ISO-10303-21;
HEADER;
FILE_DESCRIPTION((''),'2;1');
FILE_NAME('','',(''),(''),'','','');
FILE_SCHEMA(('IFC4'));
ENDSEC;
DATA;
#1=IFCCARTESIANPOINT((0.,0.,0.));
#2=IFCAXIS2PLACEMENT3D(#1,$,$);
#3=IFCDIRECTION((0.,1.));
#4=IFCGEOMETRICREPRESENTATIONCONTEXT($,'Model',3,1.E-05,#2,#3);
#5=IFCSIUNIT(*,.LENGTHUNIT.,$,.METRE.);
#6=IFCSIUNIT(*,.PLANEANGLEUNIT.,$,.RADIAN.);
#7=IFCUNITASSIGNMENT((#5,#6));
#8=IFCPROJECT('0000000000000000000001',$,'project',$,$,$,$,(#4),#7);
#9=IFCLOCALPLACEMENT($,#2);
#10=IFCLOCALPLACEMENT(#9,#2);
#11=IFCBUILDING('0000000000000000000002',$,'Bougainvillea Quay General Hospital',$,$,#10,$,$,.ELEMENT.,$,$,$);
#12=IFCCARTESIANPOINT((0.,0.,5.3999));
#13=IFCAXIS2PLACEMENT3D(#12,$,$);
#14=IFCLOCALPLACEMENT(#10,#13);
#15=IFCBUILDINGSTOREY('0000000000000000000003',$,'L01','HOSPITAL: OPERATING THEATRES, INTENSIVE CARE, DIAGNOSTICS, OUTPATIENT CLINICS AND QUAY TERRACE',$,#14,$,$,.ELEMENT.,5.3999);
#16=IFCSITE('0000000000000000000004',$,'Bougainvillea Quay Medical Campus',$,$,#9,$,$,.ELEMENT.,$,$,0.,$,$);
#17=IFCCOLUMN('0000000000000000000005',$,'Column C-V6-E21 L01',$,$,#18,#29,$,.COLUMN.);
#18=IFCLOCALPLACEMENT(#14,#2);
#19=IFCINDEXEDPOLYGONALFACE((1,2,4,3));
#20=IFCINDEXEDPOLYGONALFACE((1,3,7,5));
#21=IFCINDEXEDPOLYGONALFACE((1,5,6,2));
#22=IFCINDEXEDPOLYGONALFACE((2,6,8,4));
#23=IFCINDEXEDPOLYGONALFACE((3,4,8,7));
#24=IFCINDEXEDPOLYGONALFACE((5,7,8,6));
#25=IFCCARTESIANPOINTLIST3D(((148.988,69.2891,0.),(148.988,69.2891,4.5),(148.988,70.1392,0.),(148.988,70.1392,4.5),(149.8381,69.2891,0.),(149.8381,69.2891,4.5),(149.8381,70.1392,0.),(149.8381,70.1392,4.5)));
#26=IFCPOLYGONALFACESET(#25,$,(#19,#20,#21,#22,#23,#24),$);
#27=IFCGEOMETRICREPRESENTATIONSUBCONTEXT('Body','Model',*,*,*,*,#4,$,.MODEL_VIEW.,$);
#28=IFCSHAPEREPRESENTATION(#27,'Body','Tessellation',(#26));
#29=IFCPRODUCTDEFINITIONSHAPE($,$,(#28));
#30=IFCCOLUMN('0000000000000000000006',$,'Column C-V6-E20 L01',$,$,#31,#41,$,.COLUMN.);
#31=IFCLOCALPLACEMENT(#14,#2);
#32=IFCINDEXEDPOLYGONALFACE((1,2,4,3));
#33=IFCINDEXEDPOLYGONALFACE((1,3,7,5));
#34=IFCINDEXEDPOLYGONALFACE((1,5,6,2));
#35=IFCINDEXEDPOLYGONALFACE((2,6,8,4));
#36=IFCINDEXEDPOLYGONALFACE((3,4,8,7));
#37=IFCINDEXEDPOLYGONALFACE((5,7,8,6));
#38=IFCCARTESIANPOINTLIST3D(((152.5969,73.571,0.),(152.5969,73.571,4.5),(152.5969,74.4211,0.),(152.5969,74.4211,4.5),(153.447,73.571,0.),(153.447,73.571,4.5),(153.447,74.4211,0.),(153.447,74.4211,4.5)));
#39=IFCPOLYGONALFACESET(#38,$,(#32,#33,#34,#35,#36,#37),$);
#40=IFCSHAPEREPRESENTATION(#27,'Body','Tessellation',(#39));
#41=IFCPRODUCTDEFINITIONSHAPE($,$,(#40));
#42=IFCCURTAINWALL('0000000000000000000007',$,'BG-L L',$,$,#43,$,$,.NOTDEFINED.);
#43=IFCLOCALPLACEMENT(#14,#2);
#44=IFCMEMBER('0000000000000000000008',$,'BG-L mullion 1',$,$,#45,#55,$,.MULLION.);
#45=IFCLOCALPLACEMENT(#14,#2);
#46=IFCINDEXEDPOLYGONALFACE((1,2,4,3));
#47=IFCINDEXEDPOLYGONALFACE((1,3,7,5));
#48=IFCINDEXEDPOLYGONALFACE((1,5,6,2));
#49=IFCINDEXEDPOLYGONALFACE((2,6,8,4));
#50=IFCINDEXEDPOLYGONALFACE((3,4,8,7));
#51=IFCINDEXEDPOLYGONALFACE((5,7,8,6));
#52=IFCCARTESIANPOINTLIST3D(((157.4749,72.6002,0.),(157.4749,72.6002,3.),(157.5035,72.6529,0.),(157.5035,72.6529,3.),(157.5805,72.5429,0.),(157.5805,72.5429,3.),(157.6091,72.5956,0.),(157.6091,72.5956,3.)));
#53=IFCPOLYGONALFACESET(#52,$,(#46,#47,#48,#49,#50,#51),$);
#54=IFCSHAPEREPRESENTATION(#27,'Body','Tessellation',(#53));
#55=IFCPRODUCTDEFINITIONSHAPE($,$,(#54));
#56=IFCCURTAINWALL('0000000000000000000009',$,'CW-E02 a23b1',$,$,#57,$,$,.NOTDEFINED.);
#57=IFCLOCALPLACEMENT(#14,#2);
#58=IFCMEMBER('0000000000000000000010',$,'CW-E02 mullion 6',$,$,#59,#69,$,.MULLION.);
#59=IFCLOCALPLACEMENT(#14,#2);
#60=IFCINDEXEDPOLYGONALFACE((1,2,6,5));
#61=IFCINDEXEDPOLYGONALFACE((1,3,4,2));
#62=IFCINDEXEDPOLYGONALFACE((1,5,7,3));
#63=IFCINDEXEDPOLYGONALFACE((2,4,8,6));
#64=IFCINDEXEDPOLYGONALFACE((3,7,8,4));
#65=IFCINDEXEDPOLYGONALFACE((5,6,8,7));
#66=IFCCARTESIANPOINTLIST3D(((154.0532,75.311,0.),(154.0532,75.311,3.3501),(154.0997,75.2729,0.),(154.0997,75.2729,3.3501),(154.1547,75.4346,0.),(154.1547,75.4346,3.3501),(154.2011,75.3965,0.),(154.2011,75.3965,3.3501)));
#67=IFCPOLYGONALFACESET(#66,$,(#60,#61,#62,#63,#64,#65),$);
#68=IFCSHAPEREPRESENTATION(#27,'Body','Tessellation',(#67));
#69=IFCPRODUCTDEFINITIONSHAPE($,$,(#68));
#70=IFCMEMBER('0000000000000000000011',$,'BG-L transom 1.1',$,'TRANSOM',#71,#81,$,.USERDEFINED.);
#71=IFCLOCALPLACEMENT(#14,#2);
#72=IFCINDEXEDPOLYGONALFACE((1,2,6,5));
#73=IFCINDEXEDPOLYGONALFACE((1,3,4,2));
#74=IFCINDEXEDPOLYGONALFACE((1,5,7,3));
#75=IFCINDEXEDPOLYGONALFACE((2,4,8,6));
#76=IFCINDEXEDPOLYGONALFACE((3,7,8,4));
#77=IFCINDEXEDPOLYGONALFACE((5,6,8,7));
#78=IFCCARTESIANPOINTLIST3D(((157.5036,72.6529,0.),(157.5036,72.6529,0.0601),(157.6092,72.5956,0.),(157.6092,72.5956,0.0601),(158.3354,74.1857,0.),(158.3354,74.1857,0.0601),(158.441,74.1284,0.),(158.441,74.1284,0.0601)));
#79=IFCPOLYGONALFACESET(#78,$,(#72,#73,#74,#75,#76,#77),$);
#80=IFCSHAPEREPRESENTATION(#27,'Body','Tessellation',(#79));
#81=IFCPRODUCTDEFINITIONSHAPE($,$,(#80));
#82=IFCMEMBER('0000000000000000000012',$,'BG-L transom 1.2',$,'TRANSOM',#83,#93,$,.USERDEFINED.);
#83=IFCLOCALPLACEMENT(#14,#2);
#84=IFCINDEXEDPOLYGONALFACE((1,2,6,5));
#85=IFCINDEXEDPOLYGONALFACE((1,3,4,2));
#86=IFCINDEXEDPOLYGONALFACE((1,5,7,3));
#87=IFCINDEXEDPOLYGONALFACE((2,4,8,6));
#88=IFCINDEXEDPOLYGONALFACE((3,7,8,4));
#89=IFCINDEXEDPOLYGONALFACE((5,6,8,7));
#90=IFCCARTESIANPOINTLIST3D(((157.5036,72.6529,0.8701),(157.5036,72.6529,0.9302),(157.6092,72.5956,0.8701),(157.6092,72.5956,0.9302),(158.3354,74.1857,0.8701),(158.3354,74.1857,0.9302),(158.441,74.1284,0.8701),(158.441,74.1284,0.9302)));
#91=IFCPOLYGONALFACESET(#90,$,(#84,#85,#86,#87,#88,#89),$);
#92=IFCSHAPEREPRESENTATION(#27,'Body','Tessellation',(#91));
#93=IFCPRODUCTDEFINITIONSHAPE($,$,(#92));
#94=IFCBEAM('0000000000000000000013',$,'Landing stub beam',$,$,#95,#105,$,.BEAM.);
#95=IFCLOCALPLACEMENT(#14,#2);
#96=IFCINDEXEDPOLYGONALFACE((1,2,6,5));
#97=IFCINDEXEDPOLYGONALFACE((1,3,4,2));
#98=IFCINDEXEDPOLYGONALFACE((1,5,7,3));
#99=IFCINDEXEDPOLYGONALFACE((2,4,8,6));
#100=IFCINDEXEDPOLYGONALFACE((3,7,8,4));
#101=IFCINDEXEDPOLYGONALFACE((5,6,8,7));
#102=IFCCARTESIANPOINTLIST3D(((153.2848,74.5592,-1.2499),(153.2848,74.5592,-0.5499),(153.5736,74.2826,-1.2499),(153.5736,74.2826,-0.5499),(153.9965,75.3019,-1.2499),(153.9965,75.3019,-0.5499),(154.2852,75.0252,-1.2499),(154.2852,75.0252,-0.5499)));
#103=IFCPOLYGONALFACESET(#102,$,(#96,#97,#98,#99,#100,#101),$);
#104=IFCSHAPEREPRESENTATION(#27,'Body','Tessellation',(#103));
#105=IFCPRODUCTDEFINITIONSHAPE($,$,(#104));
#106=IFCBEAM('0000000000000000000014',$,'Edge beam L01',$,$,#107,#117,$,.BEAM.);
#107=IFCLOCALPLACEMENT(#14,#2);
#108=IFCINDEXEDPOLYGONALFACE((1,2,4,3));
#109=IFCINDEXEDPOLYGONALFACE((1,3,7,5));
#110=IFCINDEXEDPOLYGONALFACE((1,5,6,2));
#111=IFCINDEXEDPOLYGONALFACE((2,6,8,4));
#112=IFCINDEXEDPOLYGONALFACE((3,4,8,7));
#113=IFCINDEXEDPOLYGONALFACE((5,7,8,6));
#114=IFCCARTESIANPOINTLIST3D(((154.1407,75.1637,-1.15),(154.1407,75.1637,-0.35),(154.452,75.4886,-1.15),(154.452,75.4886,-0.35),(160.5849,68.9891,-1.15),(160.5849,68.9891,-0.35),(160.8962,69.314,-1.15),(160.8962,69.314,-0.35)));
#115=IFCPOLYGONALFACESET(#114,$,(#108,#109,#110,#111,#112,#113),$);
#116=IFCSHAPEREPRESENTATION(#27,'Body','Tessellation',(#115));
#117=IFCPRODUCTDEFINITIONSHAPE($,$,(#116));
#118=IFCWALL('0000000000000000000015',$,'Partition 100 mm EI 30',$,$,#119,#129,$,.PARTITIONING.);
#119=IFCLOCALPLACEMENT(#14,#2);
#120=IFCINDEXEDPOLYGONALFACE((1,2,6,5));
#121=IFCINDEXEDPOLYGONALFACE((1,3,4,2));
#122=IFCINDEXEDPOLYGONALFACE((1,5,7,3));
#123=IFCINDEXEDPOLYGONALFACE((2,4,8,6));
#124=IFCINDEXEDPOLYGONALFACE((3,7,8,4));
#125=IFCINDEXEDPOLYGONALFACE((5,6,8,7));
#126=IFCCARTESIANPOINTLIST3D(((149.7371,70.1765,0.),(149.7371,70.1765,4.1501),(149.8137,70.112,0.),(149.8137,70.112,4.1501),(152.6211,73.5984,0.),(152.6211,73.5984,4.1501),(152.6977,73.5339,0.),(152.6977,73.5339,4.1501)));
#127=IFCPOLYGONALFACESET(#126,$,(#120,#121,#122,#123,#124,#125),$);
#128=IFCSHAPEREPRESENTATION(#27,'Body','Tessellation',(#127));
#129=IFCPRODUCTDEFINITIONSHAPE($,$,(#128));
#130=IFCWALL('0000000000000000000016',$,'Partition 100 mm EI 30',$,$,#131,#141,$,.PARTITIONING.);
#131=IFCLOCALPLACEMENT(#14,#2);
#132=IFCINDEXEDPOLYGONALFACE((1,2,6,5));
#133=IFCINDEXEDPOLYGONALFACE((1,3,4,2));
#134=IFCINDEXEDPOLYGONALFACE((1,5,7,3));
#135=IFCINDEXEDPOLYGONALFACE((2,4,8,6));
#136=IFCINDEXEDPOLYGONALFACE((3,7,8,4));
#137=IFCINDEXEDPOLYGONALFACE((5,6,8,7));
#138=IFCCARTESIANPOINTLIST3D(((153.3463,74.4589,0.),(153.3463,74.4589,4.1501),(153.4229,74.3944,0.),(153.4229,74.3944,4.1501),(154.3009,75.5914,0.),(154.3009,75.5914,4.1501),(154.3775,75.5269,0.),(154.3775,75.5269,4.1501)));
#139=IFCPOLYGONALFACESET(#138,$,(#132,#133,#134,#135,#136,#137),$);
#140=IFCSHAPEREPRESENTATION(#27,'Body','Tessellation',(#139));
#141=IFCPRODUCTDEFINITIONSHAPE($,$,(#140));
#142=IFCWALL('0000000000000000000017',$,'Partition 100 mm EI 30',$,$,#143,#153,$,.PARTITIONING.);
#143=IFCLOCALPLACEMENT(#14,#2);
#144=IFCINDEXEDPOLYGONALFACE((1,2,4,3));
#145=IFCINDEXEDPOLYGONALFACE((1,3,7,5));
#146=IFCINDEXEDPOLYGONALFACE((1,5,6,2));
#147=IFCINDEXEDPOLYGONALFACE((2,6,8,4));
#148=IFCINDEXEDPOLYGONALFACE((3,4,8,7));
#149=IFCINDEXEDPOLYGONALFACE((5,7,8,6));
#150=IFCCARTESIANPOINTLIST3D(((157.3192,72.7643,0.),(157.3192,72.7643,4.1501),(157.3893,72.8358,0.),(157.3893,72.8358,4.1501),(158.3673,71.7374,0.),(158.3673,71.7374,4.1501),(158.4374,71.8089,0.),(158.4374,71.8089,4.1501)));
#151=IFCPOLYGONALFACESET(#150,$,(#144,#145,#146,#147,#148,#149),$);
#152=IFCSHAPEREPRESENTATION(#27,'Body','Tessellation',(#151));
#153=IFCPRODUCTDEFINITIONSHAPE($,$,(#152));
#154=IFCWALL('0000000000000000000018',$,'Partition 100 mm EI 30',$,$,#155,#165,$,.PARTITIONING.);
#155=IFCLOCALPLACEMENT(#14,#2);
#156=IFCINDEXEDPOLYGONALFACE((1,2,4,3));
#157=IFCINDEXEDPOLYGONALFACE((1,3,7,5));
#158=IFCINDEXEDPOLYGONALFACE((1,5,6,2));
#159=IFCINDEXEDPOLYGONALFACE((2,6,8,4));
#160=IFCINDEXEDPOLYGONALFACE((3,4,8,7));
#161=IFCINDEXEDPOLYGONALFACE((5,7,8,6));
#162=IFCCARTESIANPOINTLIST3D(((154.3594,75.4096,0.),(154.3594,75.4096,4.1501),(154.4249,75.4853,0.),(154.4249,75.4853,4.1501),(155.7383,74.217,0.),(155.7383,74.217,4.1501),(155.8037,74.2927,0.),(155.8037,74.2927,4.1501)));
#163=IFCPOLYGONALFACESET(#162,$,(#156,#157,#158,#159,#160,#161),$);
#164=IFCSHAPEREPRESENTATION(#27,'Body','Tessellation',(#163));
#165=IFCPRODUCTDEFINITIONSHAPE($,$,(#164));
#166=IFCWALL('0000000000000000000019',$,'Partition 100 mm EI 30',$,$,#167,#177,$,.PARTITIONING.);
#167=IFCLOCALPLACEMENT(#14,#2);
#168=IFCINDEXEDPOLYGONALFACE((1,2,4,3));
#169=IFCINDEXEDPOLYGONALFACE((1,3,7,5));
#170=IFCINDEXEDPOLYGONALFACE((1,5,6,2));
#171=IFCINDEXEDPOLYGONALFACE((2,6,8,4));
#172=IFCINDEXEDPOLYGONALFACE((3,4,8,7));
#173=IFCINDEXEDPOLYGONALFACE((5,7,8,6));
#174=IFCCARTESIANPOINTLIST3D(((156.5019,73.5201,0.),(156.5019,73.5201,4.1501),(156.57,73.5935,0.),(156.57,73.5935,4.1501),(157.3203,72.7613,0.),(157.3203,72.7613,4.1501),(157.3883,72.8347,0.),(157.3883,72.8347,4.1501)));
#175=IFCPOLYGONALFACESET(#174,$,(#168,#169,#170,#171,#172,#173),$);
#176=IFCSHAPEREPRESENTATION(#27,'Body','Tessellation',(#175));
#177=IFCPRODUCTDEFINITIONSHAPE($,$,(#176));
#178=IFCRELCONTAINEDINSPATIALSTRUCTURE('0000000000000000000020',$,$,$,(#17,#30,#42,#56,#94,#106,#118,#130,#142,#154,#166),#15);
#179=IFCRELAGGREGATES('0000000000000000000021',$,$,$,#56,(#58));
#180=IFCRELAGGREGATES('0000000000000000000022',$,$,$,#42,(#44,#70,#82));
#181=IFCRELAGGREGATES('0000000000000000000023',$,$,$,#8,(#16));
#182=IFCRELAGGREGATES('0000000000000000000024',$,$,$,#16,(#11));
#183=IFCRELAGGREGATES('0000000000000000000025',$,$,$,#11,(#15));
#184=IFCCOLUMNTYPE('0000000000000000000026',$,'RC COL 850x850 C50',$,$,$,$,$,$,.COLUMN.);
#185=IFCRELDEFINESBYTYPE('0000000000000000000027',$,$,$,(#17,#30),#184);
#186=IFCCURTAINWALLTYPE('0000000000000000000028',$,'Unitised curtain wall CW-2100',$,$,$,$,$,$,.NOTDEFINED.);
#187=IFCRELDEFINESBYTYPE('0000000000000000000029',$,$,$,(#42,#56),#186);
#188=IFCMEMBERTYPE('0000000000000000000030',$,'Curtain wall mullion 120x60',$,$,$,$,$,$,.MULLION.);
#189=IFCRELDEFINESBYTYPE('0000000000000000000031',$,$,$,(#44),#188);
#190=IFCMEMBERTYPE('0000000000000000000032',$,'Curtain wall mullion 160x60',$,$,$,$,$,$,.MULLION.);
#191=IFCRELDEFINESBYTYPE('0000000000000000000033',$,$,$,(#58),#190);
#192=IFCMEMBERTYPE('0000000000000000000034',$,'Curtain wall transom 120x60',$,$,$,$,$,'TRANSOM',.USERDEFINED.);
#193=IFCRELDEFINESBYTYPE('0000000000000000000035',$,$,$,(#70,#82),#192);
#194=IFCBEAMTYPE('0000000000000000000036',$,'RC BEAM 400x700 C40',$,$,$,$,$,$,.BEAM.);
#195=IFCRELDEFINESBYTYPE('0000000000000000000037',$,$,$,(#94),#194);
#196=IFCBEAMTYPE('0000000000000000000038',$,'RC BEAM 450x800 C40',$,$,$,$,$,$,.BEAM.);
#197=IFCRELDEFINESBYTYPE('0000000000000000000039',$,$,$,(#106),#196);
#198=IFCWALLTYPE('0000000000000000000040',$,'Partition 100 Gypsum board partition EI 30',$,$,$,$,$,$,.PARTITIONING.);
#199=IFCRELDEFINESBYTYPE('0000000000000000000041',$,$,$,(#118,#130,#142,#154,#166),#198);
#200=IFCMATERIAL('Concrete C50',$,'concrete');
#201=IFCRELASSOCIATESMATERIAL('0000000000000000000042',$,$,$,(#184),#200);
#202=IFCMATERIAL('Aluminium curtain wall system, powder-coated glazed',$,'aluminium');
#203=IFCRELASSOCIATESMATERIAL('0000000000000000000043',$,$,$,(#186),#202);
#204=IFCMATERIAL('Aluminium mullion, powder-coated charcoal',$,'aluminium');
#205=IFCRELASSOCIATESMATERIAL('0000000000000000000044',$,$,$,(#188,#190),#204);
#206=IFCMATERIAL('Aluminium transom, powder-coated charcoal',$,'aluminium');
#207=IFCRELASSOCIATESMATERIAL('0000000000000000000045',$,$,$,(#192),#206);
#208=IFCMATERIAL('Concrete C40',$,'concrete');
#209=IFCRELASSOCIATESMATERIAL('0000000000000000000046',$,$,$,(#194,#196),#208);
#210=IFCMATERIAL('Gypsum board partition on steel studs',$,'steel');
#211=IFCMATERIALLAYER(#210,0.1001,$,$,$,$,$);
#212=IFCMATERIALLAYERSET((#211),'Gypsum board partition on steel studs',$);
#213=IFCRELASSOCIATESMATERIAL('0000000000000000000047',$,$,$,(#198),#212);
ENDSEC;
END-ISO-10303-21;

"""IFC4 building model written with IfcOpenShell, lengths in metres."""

from ifc_helpers import new_model, si_unit, direction, frame, frame_2d, origin, origin_2d, place, context, subcontext, project, spatial, rectangle, extrude, material, layer, layer_set, material_profile, profile_set, type_object, element, aggregate, save


model = new_model("IFC4")

# Units and contexts
model_context = context("Model", 3, precision=1e-05, world=origin(), true_north=direction((0.0, 1.0)))
body_context = subcontext(model_context, "Body", "Model", "MODEL_VIEW")
ifc_project = project(units=[si_unit("LENGTHUNIT", "METRE"), si_unit("PLANEANGLEUNIT", "RADIAN")], contexts=[model_context])

# Site, building, storey
site_placement = place(None, origin())
site = spatial("IfcSite", under=ifc_project, at=site_placement, Name="Bougainvillea Quay Medical Campus", CompositionType="ELEMENT", RefElevation=0.0)
building_placement = place(site_placement, origin())
building = spatial("IfcBuilding", under=site, at=building_placement, Name="Bougainvillea Quay General Hospital", CompositionType="ELEMENT")
storey_placement = place(building_placement, frame((0.0, 0.0, 5.3999)))
storey = spatial("IfcBuildingStorey", under=building, at=storey_placement, Name="L01", Description="HOSPITAL: OPERATING THEATRES, INTENSIVE CARE, DIAGNOSTICS, OUTPATIENT CLINICS AND QUAY TERRACE", CompositionType="ELEMENT", Elevation=5.3999)

# Columns
ifc_material_1 = material(Name="Concrete C50", Category="concrete")
ifc_material_profile_1 = material_profile(ifc_material_1, rectangle(XDim=0.8501, YDim=0.8501, at=origin_2d()))
ifc_profile_set_1 = profile_set([ifc_material_profile_1], Name="Concrete C50")
column_type = type_object("IfcColumnType", Name="RC COL 850x850 C50", PredefinedType="COLUMN", material=ifc_profile_set_1)
for number, where, z_axis, x_axis, name in (
    (1, (149.4131, 69.7141, 0.0), (0.0, 0.0, 1.0), (1.0, 0.0, 0.0), "Column C-V6-E21 L01"),
    (2, (153.022, 73.9961, 0.0), (0.0, 0.0, 1.0), (1.0, 0.0, 0.0), "Column C-V6-E20 L01"),
):
    element("IfcColumn", number, at=place(storey_placement, frame(where, z_axis=z_axis, x_axis=x_axis)), inside=storey, type_object=column_type, Name=name, PredefinedType="COLUMN", context=body_context, shape_type="SweptSolid", body=[
        extrude(rectangle(XDim=0.8501, YDim=0.8501, at=origin_2d()), origin(), (0.0, 0.0, 1.0), 4.5),
    ])

# Curtain walls, members
ifc_material_2 = material(Name="Aluminium curtain wall system, powder-coated glazed", Category="aluminium")
curtain_wall_type = type_object("IfcCurtainWallType", Name="Unitised curtain wall CW-2100", PredefinedType="NOTDEFINED", material=ifc_material_2)
curtain_wall_1_placement = place(storey_placement, origin())
curtain_wall_1 = element("IfcCurtainWall", 3, at=curtain_wall_1_placement, inside=storey, type_object=curtain_wall_type, Name="BG-L L", PredefinedType="NOTDEFINED")
ifc_material_3 = material(Name="Aluminium mullion, powder-coated charcoal", Category="aluminium")
ifc_material_profile_2 = material_profile(ifc_material_3, rectangle(XDim=0.1201, YDim=0.0601, at=origin_2d()))
ifc_profile_set_2 = profile_set([ifc_material_profile_2], Name="Aluminium mullion, powder-coated charcoal")
member_type_1 = type_object("IfcMemberType", Name="Curtain wall mullion 120x60", PredefinedType="MULLION", material=ifc_profile_set_2)
member_1_placement = place(storey_placement, frame((157.542, 72.5979, 0.0), z_axis=(0.0, 0.0, 1.0), x_axis=(-0.878894, 0.477017, 0.0)))
member_1 = element("IfcMember", 4, at=member_1_placement, type_object=member_type_1, Name="BG-L mullion 1", PredefinedType="MULLION", context=body_context, shape_type="SweptSolid", body=[
    extrude(rectangle(XDim=0.1201, YDim=0.0601, at=origin_2d()), origin(), (0.0, 0.0, 1.0), 3.0),
])
curtain_wall_2_placement = place(storey_placement, origin())
curtain_wall_2 = element("IfcCurtainWall", 5, at=curtain_wall_2_placement, inside=storey, type_object=curtain_wall_type, Name="CW-E02 a23b1", PredefinedType="NOTDEFINED")
ifc_material_profile_3 = material_profile(ifc_material_3, rectangle(XDim=0.1599, YDim=0.0601, at=origin_2d()))
ifc_profile_set_3 = profile_set([ifc_material_profile_3], Name="Aluminium mullion, powder-coated charcoal")
member_type_2 = type_object("IfcMemberType", Name="Curtain wall mullion 160x60", PredefinedType="MULLION", material=ifc_profile_set_3)
member_2_placement = place(storey_placement, frame((154.1272, 75.3538, 0.0), z_axis=(0.0, 0.0, 1.0), x_axis=(0.634633, 0.772813, 0.0)))
member_2 = element("IfcMember", 6, at=member_2_placement, type_object=member_type_2, Name="CW-E02 mullion 6", PredefinedType="MULLION", context=body_context, shape_type="SweptSolid", body=[
    extrude(rectangle(XDim=0.1599, YDim=0.0601, at=origin_2d()), origin(), (0.0, 0.0, 1.0), 3.3501),
])
aggregate(curtain_wall_2, [member_2])

# Members
ifc_material_4 = material(Name="Aluminium transom, powder-coated charcoal", Category="aluminium")
ifc_material_profile_4 = material_profile(ifc_material_4, rectangle(XDim=0.1201, YDim=0.0601, at=origin_2d()))
ifc_profile_set_4 = profile_set([ifc_material_profile_4], Name="Aluminium transom, powder-coated charcoal")
member_type_3 = type_object("IfcMemberType", Name="Curtain wall transom 120x60", ElementType="TRANSOM", PredefinedType="USERDEFINED", material=ifc_profile_set_4)
member_3_placement = place(storey_placement, frame((157.5564, 72.6243, 0.03), z_axis=(0.476978, 0.878915, 0.0), x_axis=(-0.878915, 0.476978, 0.0)))
member_3 = element("IfcMember", 7, at=member_3_placement, type_object=member_type_3, Name="BG-L transom 1.1", ObjectType="TRANSOM", PredefinedType="USERDEFINED", context=body_context, shape_type="SweptSolid", body=[
    extrude(rectangle(XDim=0.1201, YDim=0.0601, at=origin_2d()), origin(), (0.0, 0.0, 1.0), 1.7439),
])
member_4_placement = place(storey_placement, frame((157.5564, 72.6243, 0.9001), z_axis=(0.476978, 0.878915, 0.0), x_axis=(-0.878915, 0.476978, 0.0)))
member_4 = element("IfcMember", 8, at=member_4_placement, type_object=member_type_3, Name="BG-L transom 1.2", ObjectType="TRANSOM", PredefinedType="USERDEFINED", context=body_context, shape_type="SweptSolid", body=[
    extrude(rectangle(XDim=0.1201, YDim=0.0601, at=origin_2d()), origin(), (0.0, 0.0, 1.0), 1.7439),
])
aggregate(curtain_wall_1, [member_1, member_3, member_4])

# Beams
ifc_material_5 = material(Name="Concrete C40", Category="concrete")
ifc_material_profile_5 = material_profile(ifc_material_5, rectangle(XDim=0.3999, YDim=0.7, at=origin_2d()))
ifc_profile_set_5 = profile_set([ifc_material_profile_5], Name="Concrete C40")
beam_type_1 = type_object("IfcBeamType", Name="RC BEAM 400x700 C40", PredefinedType="BEAM", material=ifc_profile_set_5)
beam_1_placement = place(storey_placement, frame((153.4292, 74.4209, -0.8999), z_axis=(0.691874, 0.722018, 0.0), x_axis=(-0.722018, 0.691874, 0.0)))
element("IfcBeam", 9, at=beam_1_placement, inside=storey, type_object=beam_type_1, Name="Landing stub beam", PredefinedType="BEAM", context=body_context, shape_type="SweptSolid", body=[
    extrude(rectangle(XDim=0.3999, YDim=0.7, at=origin_2d()), origin(), (0.0, 0.0, 1.0), 1.0286),
])
ifc_material_profile_6 = material_profile(ifc_material_5, rectangle(XDim=0.45, YDim=0.8, at=origin_2d()))
ifc_profile_set_6 = profile_set([ifc_material_profile_6], Name="Concrete C40")
beam_type_2 = type_object("IfcBeamType", Name="RC BEAM 450x800 C40", PredefinedType="BEAM", material=ifc_profile_set_6)
beam_2_placement = place(storey_placement, frame((154.2964, 75.3262, -0.75), z_axis=(0.722046, -0.691845, 0.0), x_axis=(0.691845, 0.722046, 0.0)))
element("IfcBeam", 10, at=beam_2_placement, inside=storey, type_object=beam_type_2, Name="Edge beam L01", PredefinedType="BEAM", context=body_context, shape_type="SweptSolid", body=[
    extrude(rectangle(XDim=0.45, YDim=0.8, at=origin_2d()), origin(), (0.0, 0.0, 1.0), 8.9248),
])

# Walls
ifc_material_6 = material(Name="Gypsum board partition on steel studs", Category="steel")
ifc_layer_1 = layer(ifc_material_6, 0.1001)
ifc_layer_set_1 = layer_set([ifc_layer_1], Name="Gypsum board partition on steel studs")
wall_type_1 = type_object("IfcWallType", Name="Partition 100 Gypsum board partition EI 30", PredefinedType="PARTITIONING", material=ifc_layer_set_1)
wall_1_placement = place(storey_placement, frame((149.7754, 70.1443, 0.0), z_axis=(0.0, 0.0, 1.0), x_axis=(0.644457, 0.764641, 0.0)))
element("IfcWall", 11, at=wall_1_placement, inside=storey, type_object=wall_type_1, Name="Partition 100 mm EI 30", PredefinedType="PARTITIONING", context=body_context, shape_type="SweptSolid", body=[
    extrude(rectangle(XDim=4.4751, YDim=0.1001, at=frame_2d((2.2375, 0.0))), origin(), (0.0, 0.0, 1.0), 4.1501),
])
wall_2_placement = place(storey_placement, frame((153.3845, 74.4265, 0.0), z_axis=(0.0, 0.0, 1.0), x_axis=(0.644471, 0.764629, 0.0)))
element("IfcWall", 12, at=wall_2_placement, inside=storey, type_object=wall_type_1, Name="Partition 100 mm EI 30", PredefinedType="PARTITIONING", context=body_context, shape_type="SweptSolid", body=[
    extrude(rectangle(XDim=1.4812, YDim=0.1001, at=frame_2d((0.7407, 0.0))), origin(), (0.0, 0.0, 1.0), 4.1501),
])
wall_3_placement = place(storey_placement, frame((157.3542, 72.8, 0.0), z_axis=(0.0, 0.0, 1.0), x_axis=(0.714308, -0.699832, 0.0)))
element("IfcWall", 13, at=wall_3_placement, inside=storey, type_object=wall_type_1, Name="Partition 100 mm EI 30", PredefinedType="PARTITIONING", context=body_context, shape_type="SweptSolid", body=[
    extrude(rectangle(XDim=1.4673, YDim=0.1001, at=frame_2d((0.7336, 0.0))), origin(), (0.0, 0.0, 1.0), 4.1501),
])
wall_4_placement = place(storey_placement, frame((154.3921, 75.4475, 0.0), z_axis=(0.0, 0.0, 1.0), x_axis=(0.756347, -0.654171, 0.0)))
element("IfcWall", 14, at=wall_4_placement, inside=storey, type_object=wall_type_1, Name="Partition 100 mm EI 30", PredefinedType="PARTITIONING", context=body_context, shape_type="SweptSolid", body=[
    extrude(rectangle(XDim=1.823, YDim=0.1001, at=frame_2d((0.9116, 0.0))), origin(), (0.0, 0.0, 1.0), 4.1501),
])
wall_5_placement = place(storey_placement, frame((156.5359, 73.5569, 0.0), z_axis=(0.0, 0.0, 1.0), x_axis=(0.733292, -0.679914, 0.0)))
element("IfcWall", 15, at=wall_5_placement, inside=storey, type_object=wall_type_1, Name="Partition 100 mm EI 30", PredefinedType="PARTITIONING", context=body_context, shape_type="SweptSolid", body=[
    extrude(rectangle(XDim=1.116, YDim=0.1001, at=frame_2d((0.5581, 0.0))), origin(), (0.0, 0.0, 1.0), 4.1501),
])

save(model, "model.ifc")
